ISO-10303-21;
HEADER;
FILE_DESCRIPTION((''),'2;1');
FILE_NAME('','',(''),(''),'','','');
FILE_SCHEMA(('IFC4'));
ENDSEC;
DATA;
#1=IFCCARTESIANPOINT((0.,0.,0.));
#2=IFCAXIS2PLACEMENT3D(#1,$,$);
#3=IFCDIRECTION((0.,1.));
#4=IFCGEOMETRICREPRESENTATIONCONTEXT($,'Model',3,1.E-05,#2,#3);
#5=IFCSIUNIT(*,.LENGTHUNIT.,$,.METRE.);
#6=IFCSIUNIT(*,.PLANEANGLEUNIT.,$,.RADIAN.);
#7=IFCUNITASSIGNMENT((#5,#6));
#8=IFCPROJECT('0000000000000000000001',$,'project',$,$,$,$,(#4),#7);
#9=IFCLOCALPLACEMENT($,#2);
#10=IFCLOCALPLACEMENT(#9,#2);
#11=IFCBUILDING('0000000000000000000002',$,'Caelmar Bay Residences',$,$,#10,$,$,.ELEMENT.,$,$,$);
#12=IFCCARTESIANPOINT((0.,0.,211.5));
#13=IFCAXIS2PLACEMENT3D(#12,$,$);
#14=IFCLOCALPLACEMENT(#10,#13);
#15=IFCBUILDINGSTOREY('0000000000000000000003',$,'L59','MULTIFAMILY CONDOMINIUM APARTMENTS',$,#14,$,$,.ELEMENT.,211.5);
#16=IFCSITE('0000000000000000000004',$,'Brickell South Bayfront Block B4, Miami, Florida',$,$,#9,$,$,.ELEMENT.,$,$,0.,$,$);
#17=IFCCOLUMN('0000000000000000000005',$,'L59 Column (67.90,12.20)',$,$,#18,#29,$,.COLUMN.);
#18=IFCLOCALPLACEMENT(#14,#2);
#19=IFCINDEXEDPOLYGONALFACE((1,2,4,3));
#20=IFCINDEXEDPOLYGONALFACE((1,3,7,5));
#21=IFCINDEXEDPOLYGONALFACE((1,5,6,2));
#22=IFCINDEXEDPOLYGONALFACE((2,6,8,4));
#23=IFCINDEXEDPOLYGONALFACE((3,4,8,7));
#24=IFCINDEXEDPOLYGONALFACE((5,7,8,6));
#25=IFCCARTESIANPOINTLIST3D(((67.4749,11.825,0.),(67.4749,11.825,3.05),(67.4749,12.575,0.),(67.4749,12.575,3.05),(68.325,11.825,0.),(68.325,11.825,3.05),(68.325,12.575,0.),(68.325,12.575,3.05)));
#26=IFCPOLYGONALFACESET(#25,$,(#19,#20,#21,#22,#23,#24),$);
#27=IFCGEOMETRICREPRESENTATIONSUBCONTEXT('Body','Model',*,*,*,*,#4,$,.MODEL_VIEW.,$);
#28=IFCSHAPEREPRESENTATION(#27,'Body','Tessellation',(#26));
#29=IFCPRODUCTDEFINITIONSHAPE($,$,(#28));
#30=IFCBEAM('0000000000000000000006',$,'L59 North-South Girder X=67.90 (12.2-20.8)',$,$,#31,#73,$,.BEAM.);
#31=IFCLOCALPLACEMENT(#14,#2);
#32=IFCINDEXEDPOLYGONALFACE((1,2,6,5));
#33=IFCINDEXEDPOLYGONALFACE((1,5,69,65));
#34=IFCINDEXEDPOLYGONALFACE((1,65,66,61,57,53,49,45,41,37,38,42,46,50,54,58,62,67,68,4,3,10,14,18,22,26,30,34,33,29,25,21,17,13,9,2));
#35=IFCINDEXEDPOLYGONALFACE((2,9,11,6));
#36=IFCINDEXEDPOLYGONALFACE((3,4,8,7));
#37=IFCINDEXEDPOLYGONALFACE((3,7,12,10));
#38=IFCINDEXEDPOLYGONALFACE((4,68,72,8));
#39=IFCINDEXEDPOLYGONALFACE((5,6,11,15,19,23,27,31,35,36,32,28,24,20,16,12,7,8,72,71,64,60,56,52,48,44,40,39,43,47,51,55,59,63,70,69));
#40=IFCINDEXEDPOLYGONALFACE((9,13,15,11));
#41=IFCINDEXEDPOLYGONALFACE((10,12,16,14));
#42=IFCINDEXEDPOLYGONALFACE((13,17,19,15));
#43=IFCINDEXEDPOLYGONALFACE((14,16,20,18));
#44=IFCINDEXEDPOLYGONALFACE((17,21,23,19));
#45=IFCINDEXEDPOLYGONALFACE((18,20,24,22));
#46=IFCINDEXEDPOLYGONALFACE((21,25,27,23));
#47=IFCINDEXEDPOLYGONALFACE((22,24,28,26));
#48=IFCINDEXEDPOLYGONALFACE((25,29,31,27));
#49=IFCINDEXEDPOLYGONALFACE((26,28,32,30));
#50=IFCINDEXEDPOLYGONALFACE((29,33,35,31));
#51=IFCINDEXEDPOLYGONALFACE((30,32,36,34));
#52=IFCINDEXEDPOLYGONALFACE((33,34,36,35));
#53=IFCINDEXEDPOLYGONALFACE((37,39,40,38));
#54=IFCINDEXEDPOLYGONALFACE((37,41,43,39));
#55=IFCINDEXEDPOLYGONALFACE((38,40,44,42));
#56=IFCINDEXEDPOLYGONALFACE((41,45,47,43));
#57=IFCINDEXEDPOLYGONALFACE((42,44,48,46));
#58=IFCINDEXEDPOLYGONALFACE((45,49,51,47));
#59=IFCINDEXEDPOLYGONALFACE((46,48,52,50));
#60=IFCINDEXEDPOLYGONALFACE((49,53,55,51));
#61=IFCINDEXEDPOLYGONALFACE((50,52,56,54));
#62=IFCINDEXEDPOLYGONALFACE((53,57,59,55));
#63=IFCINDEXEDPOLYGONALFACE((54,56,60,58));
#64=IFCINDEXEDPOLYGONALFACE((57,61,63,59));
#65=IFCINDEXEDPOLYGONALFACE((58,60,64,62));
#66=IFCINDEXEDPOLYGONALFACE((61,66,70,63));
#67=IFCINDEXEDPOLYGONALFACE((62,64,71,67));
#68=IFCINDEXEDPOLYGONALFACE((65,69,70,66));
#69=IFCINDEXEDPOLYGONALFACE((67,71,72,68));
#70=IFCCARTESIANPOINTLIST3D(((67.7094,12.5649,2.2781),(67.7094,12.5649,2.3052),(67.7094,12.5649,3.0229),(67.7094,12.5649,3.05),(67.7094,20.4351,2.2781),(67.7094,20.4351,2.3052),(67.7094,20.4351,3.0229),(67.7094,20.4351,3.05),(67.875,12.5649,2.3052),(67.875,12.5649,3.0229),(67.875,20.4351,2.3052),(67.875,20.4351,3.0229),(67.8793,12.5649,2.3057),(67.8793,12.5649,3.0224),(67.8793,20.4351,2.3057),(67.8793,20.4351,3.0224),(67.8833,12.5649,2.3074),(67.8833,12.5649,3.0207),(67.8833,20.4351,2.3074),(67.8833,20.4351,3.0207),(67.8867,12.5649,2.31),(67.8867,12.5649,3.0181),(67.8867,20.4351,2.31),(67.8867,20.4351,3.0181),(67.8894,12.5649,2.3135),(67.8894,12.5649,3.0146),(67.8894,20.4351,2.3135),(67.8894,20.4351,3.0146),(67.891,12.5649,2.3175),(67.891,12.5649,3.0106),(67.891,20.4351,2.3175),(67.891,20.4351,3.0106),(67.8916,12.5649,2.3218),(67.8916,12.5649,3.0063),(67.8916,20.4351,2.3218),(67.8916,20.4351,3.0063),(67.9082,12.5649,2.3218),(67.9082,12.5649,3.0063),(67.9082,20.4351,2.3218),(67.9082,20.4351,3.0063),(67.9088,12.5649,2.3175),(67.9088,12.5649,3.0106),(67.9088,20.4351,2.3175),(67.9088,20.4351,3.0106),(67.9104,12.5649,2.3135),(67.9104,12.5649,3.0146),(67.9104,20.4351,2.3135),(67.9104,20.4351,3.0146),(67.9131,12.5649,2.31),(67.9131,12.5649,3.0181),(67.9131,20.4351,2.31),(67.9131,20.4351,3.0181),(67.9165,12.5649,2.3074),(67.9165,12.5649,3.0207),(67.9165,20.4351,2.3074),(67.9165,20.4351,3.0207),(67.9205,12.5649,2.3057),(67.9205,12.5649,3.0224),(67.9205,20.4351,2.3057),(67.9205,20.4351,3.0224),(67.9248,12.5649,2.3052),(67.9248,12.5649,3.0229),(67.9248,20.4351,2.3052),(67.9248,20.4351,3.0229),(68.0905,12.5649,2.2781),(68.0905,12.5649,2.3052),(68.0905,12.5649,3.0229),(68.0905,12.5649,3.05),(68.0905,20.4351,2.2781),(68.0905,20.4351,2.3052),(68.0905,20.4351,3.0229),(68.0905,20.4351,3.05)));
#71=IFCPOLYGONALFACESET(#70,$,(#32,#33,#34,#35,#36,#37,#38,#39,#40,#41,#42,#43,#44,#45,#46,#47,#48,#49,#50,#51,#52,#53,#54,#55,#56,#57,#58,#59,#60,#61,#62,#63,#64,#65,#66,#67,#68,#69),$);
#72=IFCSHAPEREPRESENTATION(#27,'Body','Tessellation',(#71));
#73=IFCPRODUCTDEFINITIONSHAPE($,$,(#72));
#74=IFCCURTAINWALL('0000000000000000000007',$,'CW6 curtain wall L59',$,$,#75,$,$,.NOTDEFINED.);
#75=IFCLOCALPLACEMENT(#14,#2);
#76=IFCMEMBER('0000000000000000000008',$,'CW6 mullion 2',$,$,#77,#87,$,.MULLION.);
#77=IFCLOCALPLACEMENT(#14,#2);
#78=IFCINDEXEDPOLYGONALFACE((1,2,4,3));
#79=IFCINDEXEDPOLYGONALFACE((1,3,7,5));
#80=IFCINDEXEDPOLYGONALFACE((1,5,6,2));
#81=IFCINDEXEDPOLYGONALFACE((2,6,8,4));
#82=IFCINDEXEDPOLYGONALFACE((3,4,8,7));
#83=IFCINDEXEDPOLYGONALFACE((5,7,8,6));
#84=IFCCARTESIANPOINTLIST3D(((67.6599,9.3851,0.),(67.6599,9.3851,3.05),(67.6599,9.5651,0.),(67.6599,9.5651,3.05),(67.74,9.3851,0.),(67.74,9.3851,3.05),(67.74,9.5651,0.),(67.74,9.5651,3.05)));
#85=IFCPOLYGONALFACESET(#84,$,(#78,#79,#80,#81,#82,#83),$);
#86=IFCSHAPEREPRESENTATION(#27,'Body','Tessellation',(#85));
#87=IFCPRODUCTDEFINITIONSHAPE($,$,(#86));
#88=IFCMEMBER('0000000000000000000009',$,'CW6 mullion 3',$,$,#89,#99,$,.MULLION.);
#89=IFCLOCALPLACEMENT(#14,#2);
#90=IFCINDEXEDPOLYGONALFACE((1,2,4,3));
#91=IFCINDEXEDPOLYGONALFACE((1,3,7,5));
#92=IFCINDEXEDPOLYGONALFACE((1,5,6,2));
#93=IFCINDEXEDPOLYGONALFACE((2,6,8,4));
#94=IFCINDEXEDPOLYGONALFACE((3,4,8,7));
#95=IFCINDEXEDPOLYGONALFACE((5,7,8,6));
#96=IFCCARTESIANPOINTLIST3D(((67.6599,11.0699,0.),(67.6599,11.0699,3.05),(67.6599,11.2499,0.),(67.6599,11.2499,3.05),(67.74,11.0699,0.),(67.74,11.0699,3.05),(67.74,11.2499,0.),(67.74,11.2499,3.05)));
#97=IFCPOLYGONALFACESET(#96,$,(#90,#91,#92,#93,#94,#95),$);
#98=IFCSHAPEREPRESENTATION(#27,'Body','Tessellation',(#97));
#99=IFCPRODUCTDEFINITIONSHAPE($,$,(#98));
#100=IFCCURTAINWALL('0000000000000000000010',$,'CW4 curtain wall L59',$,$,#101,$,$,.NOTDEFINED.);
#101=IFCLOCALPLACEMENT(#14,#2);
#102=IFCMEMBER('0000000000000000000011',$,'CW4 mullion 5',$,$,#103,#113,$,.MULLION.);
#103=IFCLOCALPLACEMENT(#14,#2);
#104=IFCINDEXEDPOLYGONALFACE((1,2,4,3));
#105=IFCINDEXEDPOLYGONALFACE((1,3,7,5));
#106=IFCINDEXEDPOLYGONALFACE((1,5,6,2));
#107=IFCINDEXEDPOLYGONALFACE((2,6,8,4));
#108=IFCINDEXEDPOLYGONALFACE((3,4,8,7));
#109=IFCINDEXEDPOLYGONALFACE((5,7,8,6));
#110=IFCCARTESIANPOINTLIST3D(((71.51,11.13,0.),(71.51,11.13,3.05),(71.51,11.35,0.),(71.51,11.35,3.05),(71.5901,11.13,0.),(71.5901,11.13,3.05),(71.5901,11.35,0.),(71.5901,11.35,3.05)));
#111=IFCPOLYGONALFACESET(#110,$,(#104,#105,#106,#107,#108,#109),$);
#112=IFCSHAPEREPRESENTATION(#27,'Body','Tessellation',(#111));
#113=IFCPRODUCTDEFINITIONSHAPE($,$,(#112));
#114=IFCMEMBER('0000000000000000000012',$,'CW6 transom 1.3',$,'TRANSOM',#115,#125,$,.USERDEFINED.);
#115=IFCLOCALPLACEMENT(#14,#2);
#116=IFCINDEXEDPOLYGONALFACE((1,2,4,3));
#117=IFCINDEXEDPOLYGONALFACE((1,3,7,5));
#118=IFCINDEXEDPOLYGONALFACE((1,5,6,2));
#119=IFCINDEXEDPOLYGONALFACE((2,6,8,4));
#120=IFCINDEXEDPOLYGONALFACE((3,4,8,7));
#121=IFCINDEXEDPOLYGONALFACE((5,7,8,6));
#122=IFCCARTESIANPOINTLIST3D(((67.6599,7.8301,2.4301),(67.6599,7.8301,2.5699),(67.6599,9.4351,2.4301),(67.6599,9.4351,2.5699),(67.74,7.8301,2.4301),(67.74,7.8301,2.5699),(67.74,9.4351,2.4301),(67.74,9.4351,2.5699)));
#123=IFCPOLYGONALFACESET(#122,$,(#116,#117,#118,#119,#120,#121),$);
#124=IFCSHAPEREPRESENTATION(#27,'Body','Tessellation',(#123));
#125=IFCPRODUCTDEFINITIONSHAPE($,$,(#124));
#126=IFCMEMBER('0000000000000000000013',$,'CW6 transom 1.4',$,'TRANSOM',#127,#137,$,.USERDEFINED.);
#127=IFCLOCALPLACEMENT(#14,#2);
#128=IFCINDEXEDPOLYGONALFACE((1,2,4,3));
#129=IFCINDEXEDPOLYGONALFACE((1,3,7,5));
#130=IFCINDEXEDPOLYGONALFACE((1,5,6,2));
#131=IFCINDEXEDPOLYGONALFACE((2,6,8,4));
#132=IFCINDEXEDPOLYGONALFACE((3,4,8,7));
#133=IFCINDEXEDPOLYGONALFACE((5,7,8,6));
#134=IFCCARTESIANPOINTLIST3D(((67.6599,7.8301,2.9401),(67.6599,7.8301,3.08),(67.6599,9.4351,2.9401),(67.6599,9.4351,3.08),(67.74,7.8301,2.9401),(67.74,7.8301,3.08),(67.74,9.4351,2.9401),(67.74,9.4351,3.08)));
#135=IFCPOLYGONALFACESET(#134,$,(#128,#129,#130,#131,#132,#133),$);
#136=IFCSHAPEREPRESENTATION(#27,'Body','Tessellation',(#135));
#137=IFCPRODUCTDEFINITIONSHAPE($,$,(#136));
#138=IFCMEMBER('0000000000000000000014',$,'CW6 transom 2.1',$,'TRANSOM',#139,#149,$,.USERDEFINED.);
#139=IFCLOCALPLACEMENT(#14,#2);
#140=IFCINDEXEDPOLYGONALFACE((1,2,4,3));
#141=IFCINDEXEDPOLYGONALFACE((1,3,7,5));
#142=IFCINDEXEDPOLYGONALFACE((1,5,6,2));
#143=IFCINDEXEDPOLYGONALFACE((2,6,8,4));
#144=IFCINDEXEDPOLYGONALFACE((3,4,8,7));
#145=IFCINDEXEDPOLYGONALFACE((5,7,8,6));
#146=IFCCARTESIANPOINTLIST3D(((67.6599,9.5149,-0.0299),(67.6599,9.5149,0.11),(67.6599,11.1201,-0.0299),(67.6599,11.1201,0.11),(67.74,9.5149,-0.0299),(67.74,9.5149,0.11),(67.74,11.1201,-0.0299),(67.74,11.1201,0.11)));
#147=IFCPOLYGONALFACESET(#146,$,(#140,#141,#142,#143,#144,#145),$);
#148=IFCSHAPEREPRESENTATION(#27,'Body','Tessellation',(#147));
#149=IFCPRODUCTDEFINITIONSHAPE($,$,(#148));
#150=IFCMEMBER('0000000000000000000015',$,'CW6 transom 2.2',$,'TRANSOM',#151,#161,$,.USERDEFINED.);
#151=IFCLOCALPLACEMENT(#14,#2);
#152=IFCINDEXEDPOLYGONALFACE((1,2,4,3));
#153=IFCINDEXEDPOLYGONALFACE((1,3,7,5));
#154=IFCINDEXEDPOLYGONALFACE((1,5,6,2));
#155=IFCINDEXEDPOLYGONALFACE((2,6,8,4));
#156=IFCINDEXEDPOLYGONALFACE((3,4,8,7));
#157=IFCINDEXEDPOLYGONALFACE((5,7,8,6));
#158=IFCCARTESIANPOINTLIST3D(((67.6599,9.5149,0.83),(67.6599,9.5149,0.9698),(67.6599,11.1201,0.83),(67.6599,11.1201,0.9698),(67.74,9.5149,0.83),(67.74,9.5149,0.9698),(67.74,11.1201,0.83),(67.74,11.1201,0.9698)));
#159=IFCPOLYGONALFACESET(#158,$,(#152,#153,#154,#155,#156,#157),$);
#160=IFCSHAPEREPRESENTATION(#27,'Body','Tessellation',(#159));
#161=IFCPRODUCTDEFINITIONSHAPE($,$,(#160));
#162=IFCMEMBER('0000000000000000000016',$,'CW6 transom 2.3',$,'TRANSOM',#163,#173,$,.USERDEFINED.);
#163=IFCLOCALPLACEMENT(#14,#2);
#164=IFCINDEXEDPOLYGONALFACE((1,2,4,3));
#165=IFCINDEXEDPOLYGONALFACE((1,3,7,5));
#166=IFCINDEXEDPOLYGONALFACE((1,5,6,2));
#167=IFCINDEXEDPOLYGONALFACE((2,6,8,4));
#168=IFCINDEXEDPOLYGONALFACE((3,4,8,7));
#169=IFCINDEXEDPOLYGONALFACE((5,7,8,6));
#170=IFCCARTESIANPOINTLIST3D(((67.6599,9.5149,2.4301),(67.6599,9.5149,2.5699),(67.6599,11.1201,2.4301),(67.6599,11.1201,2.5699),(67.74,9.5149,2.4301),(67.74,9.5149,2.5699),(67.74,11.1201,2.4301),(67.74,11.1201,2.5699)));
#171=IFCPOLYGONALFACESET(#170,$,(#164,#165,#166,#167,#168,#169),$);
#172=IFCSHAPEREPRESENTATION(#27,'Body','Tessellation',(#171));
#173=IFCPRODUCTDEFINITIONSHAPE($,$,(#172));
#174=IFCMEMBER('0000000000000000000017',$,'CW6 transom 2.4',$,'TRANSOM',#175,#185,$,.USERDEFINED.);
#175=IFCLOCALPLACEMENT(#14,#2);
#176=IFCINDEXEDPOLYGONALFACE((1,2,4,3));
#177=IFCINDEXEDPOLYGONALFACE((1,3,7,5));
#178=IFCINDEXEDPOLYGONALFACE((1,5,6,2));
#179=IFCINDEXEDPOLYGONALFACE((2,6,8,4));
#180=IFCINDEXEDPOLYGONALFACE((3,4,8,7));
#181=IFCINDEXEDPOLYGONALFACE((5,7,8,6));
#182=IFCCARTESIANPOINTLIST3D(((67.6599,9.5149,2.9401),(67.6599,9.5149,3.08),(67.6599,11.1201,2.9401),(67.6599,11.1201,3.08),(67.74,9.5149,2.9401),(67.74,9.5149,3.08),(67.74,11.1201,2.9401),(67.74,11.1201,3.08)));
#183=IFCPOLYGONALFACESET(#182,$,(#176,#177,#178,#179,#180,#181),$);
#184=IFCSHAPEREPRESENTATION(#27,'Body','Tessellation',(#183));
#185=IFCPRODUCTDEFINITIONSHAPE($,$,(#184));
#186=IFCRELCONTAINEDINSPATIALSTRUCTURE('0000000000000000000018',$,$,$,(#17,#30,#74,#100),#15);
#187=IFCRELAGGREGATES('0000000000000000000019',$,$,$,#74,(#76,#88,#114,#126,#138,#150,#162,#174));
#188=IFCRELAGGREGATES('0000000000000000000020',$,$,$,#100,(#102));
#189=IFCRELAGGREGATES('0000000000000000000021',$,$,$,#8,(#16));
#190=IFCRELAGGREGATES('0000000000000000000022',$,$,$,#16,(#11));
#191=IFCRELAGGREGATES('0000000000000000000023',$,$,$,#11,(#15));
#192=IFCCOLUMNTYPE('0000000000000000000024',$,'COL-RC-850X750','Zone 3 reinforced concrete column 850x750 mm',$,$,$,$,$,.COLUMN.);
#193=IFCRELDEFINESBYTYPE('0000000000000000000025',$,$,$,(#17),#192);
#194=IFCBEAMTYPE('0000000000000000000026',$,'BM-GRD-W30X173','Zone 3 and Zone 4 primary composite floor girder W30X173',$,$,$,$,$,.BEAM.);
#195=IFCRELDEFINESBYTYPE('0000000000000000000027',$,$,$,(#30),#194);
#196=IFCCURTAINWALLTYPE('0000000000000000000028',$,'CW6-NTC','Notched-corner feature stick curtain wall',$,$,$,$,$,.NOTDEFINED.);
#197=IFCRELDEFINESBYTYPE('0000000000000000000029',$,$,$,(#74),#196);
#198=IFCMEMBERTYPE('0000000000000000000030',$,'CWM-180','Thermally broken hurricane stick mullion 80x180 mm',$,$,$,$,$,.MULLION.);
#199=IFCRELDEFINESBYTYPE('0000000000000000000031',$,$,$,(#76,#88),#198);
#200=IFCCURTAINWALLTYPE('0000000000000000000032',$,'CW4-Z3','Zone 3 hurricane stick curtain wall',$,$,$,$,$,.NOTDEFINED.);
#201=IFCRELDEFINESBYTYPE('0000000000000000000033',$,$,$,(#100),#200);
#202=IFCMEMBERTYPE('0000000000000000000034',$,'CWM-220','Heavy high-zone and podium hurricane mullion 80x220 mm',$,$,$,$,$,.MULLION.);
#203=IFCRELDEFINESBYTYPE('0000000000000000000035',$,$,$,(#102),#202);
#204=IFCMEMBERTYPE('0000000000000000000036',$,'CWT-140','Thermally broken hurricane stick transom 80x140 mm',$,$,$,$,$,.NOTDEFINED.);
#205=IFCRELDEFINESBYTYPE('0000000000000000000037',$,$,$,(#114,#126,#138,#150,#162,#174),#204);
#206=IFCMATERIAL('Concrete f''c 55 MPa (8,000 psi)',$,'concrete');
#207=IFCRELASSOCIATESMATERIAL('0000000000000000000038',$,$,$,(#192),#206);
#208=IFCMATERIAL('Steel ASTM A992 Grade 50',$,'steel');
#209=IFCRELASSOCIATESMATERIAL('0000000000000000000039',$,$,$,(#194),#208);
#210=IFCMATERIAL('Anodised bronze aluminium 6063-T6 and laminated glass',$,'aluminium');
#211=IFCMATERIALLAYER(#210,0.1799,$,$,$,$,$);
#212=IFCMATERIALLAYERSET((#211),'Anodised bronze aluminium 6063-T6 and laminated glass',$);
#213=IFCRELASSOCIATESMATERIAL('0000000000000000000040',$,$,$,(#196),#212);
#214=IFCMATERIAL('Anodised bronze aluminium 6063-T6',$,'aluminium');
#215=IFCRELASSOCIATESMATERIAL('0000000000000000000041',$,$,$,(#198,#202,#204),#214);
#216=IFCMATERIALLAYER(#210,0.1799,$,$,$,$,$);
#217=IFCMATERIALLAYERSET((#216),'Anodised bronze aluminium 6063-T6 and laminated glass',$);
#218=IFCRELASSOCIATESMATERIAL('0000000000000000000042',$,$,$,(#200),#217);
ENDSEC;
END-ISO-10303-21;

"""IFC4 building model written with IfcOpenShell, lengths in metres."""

from ifc_helpers import new_model, si_unit, direction, frame, origin, origin_2d, place, context, subcontext, project, spatial, rectangle, i_section, extrude, material, layer, layer_set, material_profile, profile_set, type_object, element, aggregate, save


model = new_model("IFC4")

# Units and contexts
model_context = context("Model", 3, precision=1e-05, world=origin(), true_north=direction((0.0, 1.0)))
body_context = subcontext(model_context, "Body", "Model", "MODEL_VIEW")
ifc_project = project(units=[si_unit("LENGTHUNIT", "METRE"), si_unit("PLANEANGLEUNIT", "RADIAN")], contexts=[model_context])

# Site, building, storey
site_placement = place(None, origin())
site = spatial("IfcSite", under=ifc_project, at=site_placement, Name="Brickell South Bayfront Block B4, Miami, Florida", CompositionType="ELEMENT", RefElevation=0.0)
building_placement = place(site_placement, origin())
building = spatial("IfcBuilding", under=site, at=building_placement, Name="Caelmar Bay Residences", CompositionType="ELEMENT")
storey_placement = place(building_placement, frame((0.0, 0.0, 211.5)))
storey = spatial("IfcBuildingStorey", under=building, at=storey_placement, Name="L59", Description="MULTIFAMILY CONDOMINIUM APARTMENTS", CompositionType="ELEMENT", Elevation=211.5)

# Column
ifc_material_1 = material(Name="Concrete f'c 55 MPa (8,000 psi)", Category="concrete")
ifc_material_profile_1 = material_profile(ifc_material_1, rectangle(XDim=0.8501, YDim=0.75, at=origin_2d()), Name="RC-COL-850X750")
ifc_profile_set_1 = profile_set([ifc_material_profile_1], Name="Concrete f'c 55 MPa (8,000 psi)")
column_type = type_object("IfcColumnType", Name="COL-RC-850X750", Description="Zone 3 reinforced concrete column 850x750 mm", PredefinedType="COLUMN", material=ifc_profile_set_1)
column_placement = place(storey_placement, frame((67.8999, 12.2, 0.0), z_axis=(0.0, 0.0, 1.0), x_axis=(1.0, 0.0, 0.0)))
element("IfcColumn", 1, at=column_placement, inside=storey, type_object=column_type, Name="L59 Column (67.90,12.20)", PredefinedType="COLUMN", context=body_context, shape_type="SweptSolid", body=[
    extrude(rectangle(XDim=0.8501, YDim=0.75, at=origin_2d()), origin(), (0.0, 0.0, 1.0), 3.05),
])

# Beam
ifc_material_2 = material(Name="Steel ASTM A992 Grade 50", Category="steel")
ifc_material_profile_2 = material_profile(ifc_material_2, i_section(OverallWidth=0.3811, OverallDepth=0.772, WebThickness=0.0166, FlangeThickness=0.0271, FilletRadius=0.0166, at=origin_2d()), Name="W30X173")
ifc_profile_set_2 = profile_set([ifc_material_profile_2], Name="Steel ASTM A992 Grade 50")
beam_type = type_object("IfcBeamType", Name="BM-GRD-W30X173", Description="Zone 3 and Zone 4 primary composite floor girder W30X173", PredefinedType="BEAM", material=ifc_profile_set_2)
beam_placement = place(storey_placement, frame((67.8999, 12.5649, 2.6641), z_axis=(0.0, 1.0, 0.0), x_axis=(-1.0, 0.0, 0.0)))
element("IfcBeam", 2, at=beam_placement, inside=storey, type_object=beam_type, Name="L59 North-South Girder X=67.90 (12.2-20.8)", PredefinedType="BEAM", context=body_context, shape_type="SweptSolid", body=[
    extrude(i_section(OverallWidth=0.3811, OverallDepth=0.772, WebThickness=0.0166, FlangeThickness=0.0271, FilletRadius=0.0166, at=origin_2d()), origin(), (0.0, 0.0, 1.0), 7.8701),
])

# Curtain wall, members
ifc_material_3 = material(Name="Anodised bronze aluminium 6063-T6 and laminated glass", Category="aluminium")
ifc_layer_1 = layer(ifc_material_3, 0.1799)
ifc_layer_set_1 = layer_set([ifc_layer_1], Name="Anodised bronze aluminium 6063-T6 and laminated glass")
curtain_wall_type_1 = type_object("IfcCurtainWallType", Name="CW6-NTC", Description="Notched-corner feature stick curtain wall", PredefinedType="NOTDEFINED", material=ifc_layer_set_1)
curtain_wall_1_placement = place(storey_placement, origin())
curtain_wall_1 = element("IfcCurtainWall", 3, at=curtain_wall_1_placement, inside=storey, type_object=curtain_wall_type_1, Name="CW6 curtain wall L59", PredefinedType="NOTDEFINED")
ifc_material_4 = material(Name="Anodised bronze aluminium 6063-T6", Category="aluminium")
ifc_material_profile_3 = material_profile(ifc_material_4, rectangle(XDim=0.0801, YDim=0.1799, at=origin_2d()), Name="CWM-80X180")
ifc_profile_set_3 = profile_set([ifc_material_profile_3], Name="Anodised bronze aluminium 6063-T6")
member_type_1 = type_object("IfcMemberType", Name="CWM-180", Description="Thermally broken hurricane stick mullion 80x180 mm", PredefinedType="MULLION", material=ifc_profile_set_3)
member_1_placement = place(storey_placement, frame((67.7, 9.4751, 0.0), z_axis=(0.0, 0.0, 1.0), x_axis=(-1.0, 0.0, 0.0)))
member_1 = element("IfcMember", 4, at=member_1_placement, type_object=member_type_1, Name="CW6 mullion 2", PredefinedType="MULLION", context=body_context, shape_type="SweptSolid", body=[
    extrude(rectangle(XDim=0.0801, YDim=0.1799, at=origin_2d()), origin(), (0.0, 0.0, 1.0), 3.05),
])
member_2_placement = place(storey_placement, frame((67.7, 11.1599, 0.0), z_axis=(0.0, 0.0, 1.0), x_axis=(-1.0, 0.0, 0.0)))
member_2 = element("IfcMember", 5, at=member_2_placement, type_object=member_type_1, Name="CW6 mullion 3", PredefinedType="MULLION", context=body_context, shape_type="SweptSolid", body=[
    extrude(rectangle(XDim=0.0801, YDim=0.1799, at=origin_2d()), origin(), (0.0, 0.0, 1.0), 3.05),
])

# Curtain wall, member
ifc_layer_2 = layer(ifc_material_3, 0.1799)
ifc_layer_set_2 = layer_set([ifc_layer_2], Name="Anodised bronze aluminium 6063-T6 and laminated glass")
curtain_wall_type_2 = type_object("IfcCurtainWallType", Name="CW4-Z3", Description="Zone 3 hurricane stick curtain wall", PredefinedType="NOTDEFINED", material=ifc_layer_set_2)
curtain_wall_2_placement = place(storey_placement, origin())
curtain_wall_2 = element("IfcCurtainWall", 6, at=curtain_wall_2_placement, inside=storey, type_object=curtain_wall_type_2, Name="CW4 curtain wall L59", PredefinedType="NOTDEFINED")
ifc_material_profile_4 = material_profile(ifc_material_4, rectangle(XDim=0.0801, YDim=0.22, at=origin_2d()), Name="CWM-80X220")
ifc_profile_set_4 = profile_set([ifc_material_profile_4], Name="Anodised bronze aluminium 6063-T6")
member_type_2 = type_object("IfcMemberType", Name="CWM-220", Description="Heavy high-zone and podium hurricane mullion 80x220 mm", PredefinedType="MULLION", material=ifc_profile_set_4)
member_3_placement = place(storey_placement, frame((71.55, 11.24, 0.0), z_axis=(0.0, 0.0, 1.0), x_axis=(1.0, 0.0, 0.0)))
member_3 = element("IfcMember", 7, at=member_3_placement, type_object=member_type_2, Name="CW4 mullion 5", PredefinedType="MULLION", context=body_context, shape_type="SweptSolid", body=[
    extrude(rectangle(XDim=0.0801, YDim=0.22, at=origin_2d()), origin(), (0.0, 0.0, 1.0), 3.05),
])

# Members
ifc_material_profile_5 = material_profile(ifc_material_4, rectangle(XDim=0.0801, YDim=0.1399, at=origin_2d()), Name="CWT-80X140")
ifc_profile_set_5 = profile_set([ifc_material_profile_5], Name="Anodised bronze aluminium 6063-T6")
member_type_3 = type_object("IfcMemberType", Name="CWT-140", Description="Thermally broken hurricane stick transom 80x140 mm", PredefinedType="NOTDEFINED", material=ifc_profile_set_5)
member_4_placement = place(storey_placement, frame((67.7, 7.8301, 2.5), z_axis=(0.0, 1.0, 0.0), x_axis=(-1.0, 0.0, 0.0)))
member_4 = element("IfcMember", 8, at=member_4_placement, type_object=member_type_3, Name="CW6 transom 1.3", ObjectType="TRANSOM", PredefinedType="USERDEFINED", context=body_context, shape_type="SweptSolid", body=[
    extrude(rectangle(XDim=0.0801, YDim=0.1399, at=origin_2d()), origin(), (0.0, 0.0, 1.0), 1.605),
])
member_5_placement = place(storey_placement, frame((67.7, 7.8301, 3.01), z_axis=(0.0, 1.0, 0.0), x_axis=(-1.0, 0.0, 0.0)))
member_5 = element("IfcMember", 9, at=member_5_placement, type_object=member_type_3, Name="CW6 transom 1.4", ObjectType="TRANSOM", PredefinedType="USERDEFINED", context=body_context, shape_type="SweptSolid", body=[
    extrude(rectangle(XDim=0.0801, YDim=0.1399, at=origin_2d()), origin(), (0.0, 0.0, 1.0), 1.605),
])
member_6_placement = place(storey_placement, frame((67.7, 9.5149, 0.04), z_axis=(0.0, 1.0, 0.0), x_axis=(-1.0, 0.0, 0.0)))
member_6 = element("IfcMember", 10, at=member_6_placement, type_object=member_type_3, Name="CW6 transom 2.1", ObjectType="TRANSOM", PredefinedType="USERDEFINED", context=body_context, shape_type="SweptSolid", body=[
    extrude(rectangle(XDim=0.0801, YDim=0.1399, at=origin_2d()), origin(), (0.0, 0.0, 1.0), 1.6052),
])
member_7_placement = place(storey_placement, frame((67.7, 9.5149, 0.8999), z_axis=(0.0, 1.0, 0.0), x_axis=(-1.0, 0.0, 0.0)))
member_7 = element("IfcMember", 11, at=member_7_placement, type_object=member_type_3, Name="CW6 transom 2.2", ObjectType="TRANSOM", PredefinedType="USERDEFINED", context=body_context, shape_type="SweptSolid", body=[
    extrude(rectangle(XDim=0.0801, YDim=0.1399, at=origin_2d()), origin(), (0.0, 0.0, 1.0), 1.6052),
])
member_8_placement = place(storey_placement, frame((67.7, 9.5149, 2.5), z_axis=(0.0, 1.0, 0.0), x_axis=(-1.0, 0.0, 0.0)))
member_8 = element("IfcMember", 12, at=member_8_placement, type_object=member_type_3, Name="CW6 transom 2.3", ObjectType="TRANSOM", PredefinedType="USERDEFINED", context=body_context, shape_type="SweptSolid", body=[
    extrude(rectangle(XDim=0.0801, YDim=0.1399, at=origin_2d()), origin(), (0.0, 0.0, 1.0), 1.6052),
])
member_9_placement = place(storey_placement, frame((67.7, 9.5149, 3.01), z_axis=(0.0, 1.0, 0.0), x_axis=(-1.0, 0.0, 0.0)))
member_9 = element("IfcMember", 13, at=member_9_placement, type_object=member_type_3, Name="CW6 transom 2.4", ObjectType="TRANSOM", PredefinedType="USERDEFINED", context=body_context, shape_type="SweptSolid", body=[
    extrude(rectangle(XDim=0.0801, YDim=0.1399, at=origin_2d()), origin(), (0.0, 0.0, 1.0), 1.6052),
])

aggregate(curtain_wall_1, [member_1, member_2, member_4, member_5, member_6, member_7, member_8, member_9])
aggregate(curtain_wall_2, [member_3])

save(model, "model.ifc")
